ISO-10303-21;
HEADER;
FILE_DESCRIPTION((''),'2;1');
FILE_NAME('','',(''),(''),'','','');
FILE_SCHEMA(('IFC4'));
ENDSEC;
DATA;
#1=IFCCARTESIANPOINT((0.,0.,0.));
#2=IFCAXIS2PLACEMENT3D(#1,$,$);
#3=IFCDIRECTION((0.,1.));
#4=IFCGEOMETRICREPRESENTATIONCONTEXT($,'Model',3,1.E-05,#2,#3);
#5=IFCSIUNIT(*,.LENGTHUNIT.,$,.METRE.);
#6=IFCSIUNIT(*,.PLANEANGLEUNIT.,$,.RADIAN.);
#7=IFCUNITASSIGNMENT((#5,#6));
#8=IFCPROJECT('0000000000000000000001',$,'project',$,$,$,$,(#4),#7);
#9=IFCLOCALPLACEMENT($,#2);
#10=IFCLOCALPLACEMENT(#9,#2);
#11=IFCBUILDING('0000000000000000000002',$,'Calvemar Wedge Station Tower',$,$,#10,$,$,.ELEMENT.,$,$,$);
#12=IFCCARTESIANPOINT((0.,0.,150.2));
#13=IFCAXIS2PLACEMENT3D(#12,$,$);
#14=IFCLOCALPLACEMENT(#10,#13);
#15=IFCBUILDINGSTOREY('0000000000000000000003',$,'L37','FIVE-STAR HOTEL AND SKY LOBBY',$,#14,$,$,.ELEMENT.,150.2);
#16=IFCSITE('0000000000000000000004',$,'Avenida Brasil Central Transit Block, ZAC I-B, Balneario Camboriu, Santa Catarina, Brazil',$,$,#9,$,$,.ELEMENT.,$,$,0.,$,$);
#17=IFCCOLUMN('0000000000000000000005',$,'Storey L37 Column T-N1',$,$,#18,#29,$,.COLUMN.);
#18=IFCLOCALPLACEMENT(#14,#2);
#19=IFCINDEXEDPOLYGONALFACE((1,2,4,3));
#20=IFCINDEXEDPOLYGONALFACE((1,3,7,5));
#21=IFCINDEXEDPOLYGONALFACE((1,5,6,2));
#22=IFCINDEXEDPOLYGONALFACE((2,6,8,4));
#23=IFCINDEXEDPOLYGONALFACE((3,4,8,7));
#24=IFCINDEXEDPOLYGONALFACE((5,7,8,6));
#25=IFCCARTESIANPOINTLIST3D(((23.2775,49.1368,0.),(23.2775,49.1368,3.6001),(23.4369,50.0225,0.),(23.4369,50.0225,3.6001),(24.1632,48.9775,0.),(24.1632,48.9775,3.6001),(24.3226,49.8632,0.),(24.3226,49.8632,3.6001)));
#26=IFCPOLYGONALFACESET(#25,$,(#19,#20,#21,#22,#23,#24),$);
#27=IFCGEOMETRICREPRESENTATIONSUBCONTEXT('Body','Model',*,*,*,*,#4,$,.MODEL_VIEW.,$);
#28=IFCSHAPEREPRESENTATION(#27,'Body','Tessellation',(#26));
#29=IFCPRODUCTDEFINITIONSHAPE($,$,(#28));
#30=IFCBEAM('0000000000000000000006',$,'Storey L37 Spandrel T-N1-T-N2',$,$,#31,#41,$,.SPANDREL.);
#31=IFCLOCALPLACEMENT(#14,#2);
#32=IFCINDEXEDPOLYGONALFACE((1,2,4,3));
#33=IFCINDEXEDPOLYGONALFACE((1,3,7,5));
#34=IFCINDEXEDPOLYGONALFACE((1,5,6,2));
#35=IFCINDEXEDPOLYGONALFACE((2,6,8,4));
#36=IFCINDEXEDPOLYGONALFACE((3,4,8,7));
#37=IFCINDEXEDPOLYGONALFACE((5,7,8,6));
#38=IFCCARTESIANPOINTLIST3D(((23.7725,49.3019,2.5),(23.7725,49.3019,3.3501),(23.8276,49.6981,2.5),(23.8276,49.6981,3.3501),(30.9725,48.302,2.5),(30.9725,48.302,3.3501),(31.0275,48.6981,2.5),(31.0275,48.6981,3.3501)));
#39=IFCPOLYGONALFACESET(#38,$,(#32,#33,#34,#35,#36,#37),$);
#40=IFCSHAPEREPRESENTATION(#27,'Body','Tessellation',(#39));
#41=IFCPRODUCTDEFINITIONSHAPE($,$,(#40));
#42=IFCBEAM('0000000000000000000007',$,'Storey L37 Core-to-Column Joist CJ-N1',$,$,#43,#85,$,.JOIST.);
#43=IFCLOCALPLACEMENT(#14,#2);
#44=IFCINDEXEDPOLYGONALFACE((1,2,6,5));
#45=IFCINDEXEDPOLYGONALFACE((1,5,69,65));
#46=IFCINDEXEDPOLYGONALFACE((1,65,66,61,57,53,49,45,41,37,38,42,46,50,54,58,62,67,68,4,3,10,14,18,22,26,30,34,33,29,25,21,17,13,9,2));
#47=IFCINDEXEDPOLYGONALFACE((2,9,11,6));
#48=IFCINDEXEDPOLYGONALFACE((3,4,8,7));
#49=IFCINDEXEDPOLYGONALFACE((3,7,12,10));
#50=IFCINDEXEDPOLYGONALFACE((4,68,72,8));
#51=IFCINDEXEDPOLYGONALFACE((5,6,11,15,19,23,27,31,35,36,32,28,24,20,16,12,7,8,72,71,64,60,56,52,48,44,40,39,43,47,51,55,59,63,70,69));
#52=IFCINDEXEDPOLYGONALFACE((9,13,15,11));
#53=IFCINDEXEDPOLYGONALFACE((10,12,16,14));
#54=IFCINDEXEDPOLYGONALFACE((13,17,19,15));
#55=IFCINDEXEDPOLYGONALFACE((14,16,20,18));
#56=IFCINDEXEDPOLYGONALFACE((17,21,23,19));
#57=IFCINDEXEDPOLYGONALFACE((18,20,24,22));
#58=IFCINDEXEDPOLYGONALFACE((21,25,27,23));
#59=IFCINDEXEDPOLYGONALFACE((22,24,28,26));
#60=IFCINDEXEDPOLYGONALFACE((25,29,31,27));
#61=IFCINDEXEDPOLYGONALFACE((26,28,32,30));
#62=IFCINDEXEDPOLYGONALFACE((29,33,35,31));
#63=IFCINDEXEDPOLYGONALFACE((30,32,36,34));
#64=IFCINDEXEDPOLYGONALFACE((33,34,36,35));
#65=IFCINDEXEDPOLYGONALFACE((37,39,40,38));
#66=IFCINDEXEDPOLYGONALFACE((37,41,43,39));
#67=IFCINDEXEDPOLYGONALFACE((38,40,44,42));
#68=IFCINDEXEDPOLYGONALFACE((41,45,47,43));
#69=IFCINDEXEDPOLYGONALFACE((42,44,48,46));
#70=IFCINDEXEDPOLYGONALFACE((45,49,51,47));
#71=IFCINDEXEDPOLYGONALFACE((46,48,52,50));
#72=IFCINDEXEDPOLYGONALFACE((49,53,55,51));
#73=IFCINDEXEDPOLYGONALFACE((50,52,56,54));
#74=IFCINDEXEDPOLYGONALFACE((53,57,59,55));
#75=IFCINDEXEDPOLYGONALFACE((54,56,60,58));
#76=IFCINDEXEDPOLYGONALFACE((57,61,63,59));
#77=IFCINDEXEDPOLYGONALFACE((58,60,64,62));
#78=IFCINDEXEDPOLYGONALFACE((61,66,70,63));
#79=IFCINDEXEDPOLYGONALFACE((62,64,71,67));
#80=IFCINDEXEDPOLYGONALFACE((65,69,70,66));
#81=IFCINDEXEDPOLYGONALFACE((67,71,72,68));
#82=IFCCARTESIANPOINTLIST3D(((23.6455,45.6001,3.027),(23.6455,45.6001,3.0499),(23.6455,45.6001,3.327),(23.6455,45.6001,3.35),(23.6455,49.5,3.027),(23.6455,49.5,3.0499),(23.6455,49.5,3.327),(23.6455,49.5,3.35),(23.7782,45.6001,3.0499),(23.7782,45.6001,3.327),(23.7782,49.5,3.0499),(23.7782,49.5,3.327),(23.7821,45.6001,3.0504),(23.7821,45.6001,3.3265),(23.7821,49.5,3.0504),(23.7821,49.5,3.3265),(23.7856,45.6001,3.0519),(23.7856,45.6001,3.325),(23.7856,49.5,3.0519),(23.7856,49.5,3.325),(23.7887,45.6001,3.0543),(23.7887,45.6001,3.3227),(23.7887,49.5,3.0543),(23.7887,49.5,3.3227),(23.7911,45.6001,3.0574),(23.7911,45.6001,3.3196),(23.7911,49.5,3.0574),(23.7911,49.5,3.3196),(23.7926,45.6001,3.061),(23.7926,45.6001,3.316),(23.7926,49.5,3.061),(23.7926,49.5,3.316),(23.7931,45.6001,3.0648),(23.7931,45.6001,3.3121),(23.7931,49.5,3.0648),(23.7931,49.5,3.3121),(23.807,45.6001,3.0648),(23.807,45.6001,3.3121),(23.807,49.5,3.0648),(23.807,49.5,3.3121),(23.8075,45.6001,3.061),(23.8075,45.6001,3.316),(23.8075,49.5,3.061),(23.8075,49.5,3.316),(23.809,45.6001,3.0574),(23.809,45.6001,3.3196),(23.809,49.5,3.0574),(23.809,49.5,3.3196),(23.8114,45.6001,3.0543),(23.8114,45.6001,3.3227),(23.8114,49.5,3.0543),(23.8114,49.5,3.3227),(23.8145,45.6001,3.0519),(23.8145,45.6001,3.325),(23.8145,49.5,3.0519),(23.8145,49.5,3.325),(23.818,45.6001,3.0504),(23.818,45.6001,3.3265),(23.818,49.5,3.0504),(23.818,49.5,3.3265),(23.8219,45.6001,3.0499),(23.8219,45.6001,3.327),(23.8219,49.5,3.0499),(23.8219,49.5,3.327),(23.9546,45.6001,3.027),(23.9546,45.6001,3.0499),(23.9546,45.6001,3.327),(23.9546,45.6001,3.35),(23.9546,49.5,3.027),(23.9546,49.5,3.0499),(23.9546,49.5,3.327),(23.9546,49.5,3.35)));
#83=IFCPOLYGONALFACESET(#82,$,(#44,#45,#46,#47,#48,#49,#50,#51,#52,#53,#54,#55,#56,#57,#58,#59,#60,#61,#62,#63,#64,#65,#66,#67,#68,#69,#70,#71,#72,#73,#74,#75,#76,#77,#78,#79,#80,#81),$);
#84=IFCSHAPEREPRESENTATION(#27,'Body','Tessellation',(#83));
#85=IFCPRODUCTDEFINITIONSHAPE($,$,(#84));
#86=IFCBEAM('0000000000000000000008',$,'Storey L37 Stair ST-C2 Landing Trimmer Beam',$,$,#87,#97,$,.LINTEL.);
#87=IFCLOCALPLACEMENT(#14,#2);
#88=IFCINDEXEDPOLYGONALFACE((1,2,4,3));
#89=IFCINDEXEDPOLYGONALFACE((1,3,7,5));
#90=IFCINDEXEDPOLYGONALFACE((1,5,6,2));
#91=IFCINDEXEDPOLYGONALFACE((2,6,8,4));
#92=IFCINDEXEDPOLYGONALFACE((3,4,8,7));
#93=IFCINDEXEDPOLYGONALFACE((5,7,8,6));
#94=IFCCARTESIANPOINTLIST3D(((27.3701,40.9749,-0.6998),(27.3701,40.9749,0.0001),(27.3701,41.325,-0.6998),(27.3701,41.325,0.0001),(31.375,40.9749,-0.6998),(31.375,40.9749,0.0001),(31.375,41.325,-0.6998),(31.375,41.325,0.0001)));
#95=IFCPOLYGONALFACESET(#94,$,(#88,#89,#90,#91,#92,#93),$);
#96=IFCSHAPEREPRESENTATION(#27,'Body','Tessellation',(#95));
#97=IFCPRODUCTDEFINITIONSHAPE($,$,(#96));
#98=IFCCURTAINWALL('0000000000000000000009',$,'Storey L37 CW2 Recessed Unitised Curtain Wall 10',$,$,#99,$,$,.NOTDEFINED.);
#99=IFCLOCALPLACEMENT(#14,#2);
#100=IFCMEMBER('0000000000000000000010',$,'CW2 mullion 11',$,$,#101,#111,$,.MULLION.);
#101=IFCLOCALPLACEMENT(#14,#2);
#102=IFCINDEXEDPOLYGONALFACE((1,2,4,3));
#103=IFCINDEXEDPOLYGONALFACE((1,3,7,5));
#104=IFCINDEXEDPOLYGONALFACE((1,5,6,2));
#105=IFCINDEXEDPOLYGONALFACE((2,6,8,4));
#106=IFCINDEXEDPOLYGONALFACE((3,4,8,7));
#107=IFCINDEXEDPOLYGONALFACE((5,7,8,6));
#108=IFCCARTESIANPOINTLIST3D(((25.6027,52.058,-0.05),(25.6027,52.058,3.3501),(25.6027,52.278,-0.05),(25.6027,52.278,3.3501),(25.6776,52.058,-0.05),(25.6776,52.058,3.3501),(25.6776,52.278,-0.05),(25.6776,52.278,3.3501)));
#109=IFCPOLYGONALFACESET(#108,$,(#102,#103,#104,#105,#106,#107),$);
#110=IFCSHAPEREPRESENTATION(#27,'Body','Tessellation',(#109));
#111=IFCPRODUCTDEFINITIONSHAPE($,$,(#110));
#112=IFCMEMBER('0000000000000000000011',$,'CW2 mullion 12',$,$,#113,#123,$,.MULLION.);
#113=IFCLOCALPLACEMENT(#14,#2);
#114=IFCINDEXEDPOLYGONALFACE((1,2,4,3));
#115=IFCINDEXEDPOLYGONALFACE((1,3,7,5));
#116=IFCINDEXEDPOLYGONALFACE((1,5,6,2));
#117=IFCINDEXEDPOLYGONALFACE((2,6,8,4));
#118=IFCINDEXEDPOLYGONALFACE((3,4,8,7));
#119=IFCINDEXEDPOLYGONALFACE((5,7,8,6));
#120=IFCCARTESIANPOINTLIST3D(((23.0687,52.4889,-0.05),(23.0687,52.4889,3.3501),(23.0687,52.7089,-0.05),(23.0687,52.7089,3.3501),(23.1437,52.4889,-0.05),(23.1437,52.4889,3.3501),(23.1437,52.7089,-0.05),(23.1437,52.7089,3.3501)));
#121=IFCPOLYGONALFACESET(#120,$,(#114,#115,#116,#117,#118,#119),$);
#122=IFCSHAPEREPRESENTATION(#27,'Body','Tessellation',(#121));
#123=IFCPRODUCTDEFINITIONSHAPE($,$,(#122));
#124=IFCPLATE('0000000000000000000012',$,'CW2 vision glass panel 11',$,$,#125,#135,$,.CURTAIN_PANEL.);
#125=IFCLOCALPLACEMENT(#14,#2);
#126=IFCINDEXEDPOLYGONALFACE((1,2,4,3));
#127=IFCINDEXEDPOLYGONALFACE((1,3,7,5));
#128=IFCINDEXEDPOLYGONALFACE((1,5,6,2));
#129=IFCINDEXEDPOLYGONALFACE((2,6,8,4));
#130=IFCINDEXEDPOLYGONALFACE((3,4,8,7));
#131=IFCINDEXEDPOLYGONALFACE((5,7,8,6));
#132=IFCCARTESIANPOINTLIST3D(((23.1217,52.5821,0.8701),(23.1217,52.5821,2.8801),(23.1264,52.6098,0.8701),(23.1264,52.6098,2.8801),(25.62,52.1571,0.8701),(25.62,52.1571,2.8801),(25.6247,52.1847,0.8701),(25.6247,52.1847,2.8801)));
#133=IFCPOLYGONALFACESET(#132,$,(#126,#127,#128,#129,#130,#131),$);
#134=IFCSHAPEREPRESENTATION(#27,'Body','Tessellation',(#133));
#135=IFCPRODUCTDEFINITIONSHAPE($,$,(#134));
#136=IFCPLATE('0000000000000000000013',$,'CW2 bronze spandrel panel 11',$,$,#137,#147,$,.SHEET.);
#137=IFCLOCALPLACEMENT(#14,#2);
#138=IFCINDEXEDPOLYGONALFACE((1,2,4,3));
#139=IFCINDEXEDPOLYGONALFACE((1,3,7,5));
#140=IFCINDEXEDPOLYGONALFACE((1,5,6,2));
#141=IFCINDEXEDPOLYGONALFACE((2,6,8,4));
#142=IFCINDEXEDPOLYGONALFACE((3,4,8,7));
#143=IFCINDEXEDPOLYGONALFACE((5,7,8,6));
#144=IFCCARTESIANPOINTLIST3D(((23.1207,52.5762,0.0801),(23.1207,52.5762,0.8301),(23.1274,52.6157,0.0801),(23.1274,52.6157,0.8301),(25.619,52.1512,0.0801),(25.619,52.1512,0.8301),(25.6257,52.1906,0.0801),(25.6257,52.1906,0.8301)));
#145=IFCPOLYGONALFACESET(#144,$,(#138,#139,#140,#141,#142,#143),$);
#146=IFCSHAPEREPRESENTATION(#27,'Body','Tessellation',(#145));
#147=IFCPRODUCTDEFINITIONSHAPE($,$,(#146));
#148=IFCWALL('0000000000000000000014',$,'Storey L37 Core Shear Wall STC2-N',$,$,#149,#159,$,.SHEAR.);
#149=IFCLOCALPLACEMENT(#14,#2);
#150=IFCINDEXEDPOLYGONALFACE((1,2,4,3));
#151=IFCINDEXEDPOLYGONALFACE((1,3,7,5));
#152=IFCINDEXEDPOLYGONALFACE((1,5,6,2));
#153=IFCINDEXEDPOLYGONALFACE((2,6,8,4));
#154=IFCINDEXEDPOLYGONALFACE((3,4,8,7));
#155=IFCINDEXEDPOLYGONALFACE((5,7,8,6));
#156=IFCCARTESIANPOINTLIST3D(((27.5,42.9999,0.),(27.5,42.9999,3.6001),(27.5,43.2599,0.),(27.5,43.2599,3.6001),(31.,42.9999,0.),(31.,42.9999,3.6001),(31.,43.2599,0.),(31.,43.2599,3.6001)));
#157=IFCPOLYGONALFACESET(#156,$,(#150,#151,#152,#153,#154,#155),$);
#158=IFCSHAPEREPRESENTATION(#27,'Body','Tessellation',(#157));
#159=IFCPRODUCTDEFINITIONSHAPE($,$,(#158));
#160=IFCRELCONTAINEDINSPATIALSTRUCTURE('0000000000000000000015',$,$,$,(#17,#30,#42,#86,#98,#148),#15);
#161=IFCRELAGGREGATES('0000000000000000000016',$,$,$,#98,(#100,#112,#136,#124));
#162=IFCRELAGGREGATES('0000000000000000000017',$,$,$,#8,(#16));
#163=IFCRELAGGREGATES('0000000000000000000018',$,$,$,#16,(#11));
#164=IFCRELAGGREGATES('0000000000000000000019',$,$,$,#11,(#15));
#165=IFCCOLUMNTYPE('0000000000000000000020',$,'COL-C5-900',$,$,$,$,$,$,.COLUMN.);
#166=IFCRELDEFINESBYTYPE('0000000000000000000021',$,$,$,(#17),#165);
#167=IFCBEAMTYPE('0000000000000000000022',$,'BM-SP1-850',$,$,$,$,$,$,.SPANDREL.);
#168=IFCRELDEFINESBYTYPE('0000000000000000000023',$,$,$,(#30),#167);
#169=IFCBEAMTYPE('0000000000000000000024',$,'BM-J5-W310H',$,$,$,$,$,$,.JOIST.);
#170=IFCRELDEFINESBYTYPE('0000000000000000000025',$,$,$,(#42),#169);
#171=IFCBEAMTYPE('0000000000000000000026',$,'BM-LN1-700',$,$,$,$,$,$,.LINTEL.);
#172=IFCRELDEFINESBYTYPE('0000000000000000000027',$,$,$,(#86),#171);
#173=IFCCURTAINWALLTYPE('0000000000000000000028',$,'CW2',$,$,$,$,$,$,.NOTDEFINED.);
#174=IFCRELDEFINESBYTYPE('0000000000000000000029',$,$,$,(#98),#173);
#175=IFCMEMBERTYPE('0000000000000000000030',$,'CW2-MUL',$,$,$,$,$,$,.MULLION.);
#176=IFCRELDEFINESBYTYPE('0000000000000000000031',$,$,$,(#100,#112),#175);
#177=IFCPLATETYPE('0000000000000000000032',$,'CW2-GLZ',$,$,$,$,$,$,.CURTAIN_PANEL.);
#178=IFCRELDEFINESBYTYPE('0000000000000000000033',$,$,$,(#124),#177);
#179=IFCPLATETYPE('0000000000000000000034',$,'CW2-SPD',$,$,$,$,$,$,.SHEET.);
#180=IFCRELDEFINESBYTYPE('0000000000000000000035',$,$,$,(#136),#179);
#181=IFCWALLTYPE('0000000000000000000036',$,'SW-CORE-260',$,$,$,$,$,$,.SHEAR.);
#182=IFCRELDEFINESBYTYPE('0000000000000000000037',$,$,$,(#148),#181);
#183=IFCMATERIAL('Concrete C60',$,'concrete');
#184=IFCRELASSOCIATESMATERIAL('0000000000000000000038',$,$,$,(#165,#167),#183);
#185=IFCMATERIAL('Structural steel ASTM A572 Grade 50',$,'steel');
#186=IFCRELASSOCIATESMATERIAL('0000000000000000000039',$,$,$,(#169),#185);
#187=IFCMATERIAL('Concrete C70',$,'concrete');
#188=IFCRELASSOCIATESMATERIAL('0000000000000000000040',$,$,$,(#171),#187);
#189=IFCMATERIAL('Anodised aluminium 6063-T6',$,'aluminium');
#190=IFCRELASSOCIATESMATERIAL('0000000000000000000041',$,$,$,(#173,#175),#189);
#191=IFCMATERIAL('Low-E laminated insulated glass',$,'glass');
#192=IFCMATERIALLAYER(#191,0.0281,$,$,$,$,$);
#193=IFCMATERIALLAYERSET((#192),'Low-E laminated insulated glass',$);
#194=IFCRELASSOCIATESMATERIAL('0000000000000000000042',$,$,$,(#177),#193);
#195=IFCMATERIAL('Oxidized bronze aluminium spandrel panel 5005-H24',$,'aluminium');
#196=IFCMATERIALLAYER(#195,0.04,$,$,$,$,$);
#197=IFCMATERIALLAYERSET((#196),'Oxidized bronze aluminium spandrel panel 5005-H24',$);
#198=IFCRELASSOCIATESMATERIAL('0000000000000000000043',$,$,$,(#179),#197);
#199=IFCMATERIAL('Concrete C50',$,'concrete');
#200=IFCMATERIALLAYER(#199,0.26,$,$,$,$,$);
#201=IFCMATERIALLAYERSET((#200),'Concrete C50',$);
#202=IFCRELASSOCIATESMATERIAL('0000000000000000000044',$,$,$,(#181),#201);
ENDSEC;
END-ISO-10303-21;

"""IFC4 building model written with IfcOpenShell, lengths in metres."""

from ifc_helpers import new_model, si_unit, direction, frame, frame_2d, origin, origin_2d, place, context, subcontext, project, spatial, rectangle, i_section, extrude, source, transform, mapped, material, layer, layer_set, material_profile, profile_set, type_object, element, aggregate, save


model = new_model("IFC4")

# Units and contexts
model_context = context("Model", 3, precision=1e-05, world=origin(), true_north=direction((0.0, 1.0)))
body_context = subcontext(model_context, "Body", "Model", "MODEL_VIEW")
ifc_project = project(units=[si_unit("LENGTHUNIT", "METRE"), si_unit("PLANEANGLEUNIT", "RADIAN")], contexts=[model_context])

# Site, building, storey
site_placement = place(None, origin())
site = spatial("IfcSite", under=ifc_project, at=site_placement, Name="Avenida Brasil Central Transit Block, ZAC I-B, Balneario Camboriu, Santa Catarina, Brazil", CompositionType="ELEMENT", RefElevation=0.0)
building_placement = place(site_placement, origin())
building = spatial("IfcBuilding", under=site, at=building_placement, Name="Calvemar Wedge Station Tower", CompositionType="ELEMENT")
storey_placement = place(building_placement, frame((0.0, 0.0, 150.2)))
storey = spatial("IfcBuildingStorey", under=building, at=storey_placement, Name="L37", Description="FIVE-STAR HOTEL AND SKY LOBBY", CompositionType="ELEMENT", Elevation=150.2)

# Column
ifc_material_1 = material(Name="Concrete C60", Category="concrete")
ifc_material_profile_1 = material_profile(ifc_material_1, rectangle(XDim=0.8999, YDim=0.8999, at=origin_2d()), Name="RC900x900")
ifc_profile_set_1 = profile_set([ifc_material_profile_1], Name="Concrete C60")
column_type = type_object("IfcColumnType", Name="COL-C5-900", PredefinedType="COLUMN", material=ifc_profile_set_1)
shared_shape_1 = source(origin(), body_context, "Body", "SweptSolid", [
    extrude(rectangle(XDim=0.8999, YDim=0.8999, at=origin_2d()), origin(), (0.0, 0.0, 1.0), 3.6001),
])
column_placement = place(storey_placement, frame((23.8, 49.5, 0.0), z_axis=(0.0, 0.0, 1.0), x_axis=(0.984196, -0.177085, 0.0)))
element("IfcColumn", 1, at=column_placement, inside=storey, type_object=column_type, Name="Storey L37 Column T-N1", PredefinedType="COLUMN", context=body_context, shape_type="MappedRepresentation", body=[
    mapped(shared_shape_1, transform((0.0, 0.0, 0.0), scale=1.0)),
])

# Beams
ifc_material_profile_2 = material_profile(ifc_material_1, rectangle(XDim=0.3999, YDim=0.8501, at=origin_2d()), Name="RC400x850")
ifc_profile_set_2 = profile_set([ifc_material_profile_2], Name="Concrete C60")
beam_type_1 = type_object("IfcBeamType", Name="BM-SP1-850", PredefinedType="SPANDREL", material=ifc_profile_set_2)
shared_shape_2 = source(origin(), body_context, "Body", "SweptSolid", [
    extrude(rectangle(XDim=0.3999, YDim=0.8501, at=origin_2d()), origin(), (0.0, 0.0, 1.0), 7.269),
])
beam_1_placement = place(storey_placement, frame((23.8, 49.5, 2.925), z_axis=(0.990492, -0.137569, 0.0), x_axis=(0.137569, 0.990492, 0.0)))
element("IfcBeam", 2, at=beam_1_placement, inside=storey, type_object=beam_type_1, Name="Storey L37 Spandrel T-N1-T-N2", PredefinedType="SPANDREL", context=body_context, shape_type="MappedRepresentation", body=[
    mapped(shared_shape_2, transform((0.0, 0.0, 0.0), scale=1.0)),
])
ifc_material_2 = material(Name="Structural steel ASTM A572 Grade 50", Category="steel")
ifc_material_profile_3 = material_profile(ifc_material_2, i_section(OverallWidth=0.3091, OverallDepth=0.323, WebThickness=0.0139, FlangeThickness=0.0229, FilletRadius=0.0149, at=origin_2d()), Name="W310x143")
ifc_profile_set_3 = profile_set([ifc_material_profile_3], Name="Structural steel ASTM A572 Grade 50")
beam_type_2 = type_object("IfcBeamType", Name="BM-J5-W310H", PredefinedType="JOIST", material=ifc_profile_set_3)
shared_shape_3 = source(origin(), body_context, "Body", "SweptSolid", [
    extrude(i_section(OverallWidth=0.3091, OverallDepth=0.323, WebThickness=0.0139, FlangeThickness=0.0229, FilletRadius=0.0149, at=origin_2d()), origin(), (0.0, 0.0, 1.0), 3.8999),
])
beam_2_placement = place(storey_placement, frame((23.8, 45.6001, 3.1885), z_axis=(0.0, 1.0, 0.0), x_axis=(-1.0, 0.0, 0.0)))
element("IfcBeam", 3, at=beam_2_placement, inside=storey, type_object=beam_type_2, Name="Storey L37 Core-to-Column Joist CJ-N1", PredefinedType="JOIST", context=body_context, shape_type="MappedRepresentation", body=[
    mapped(shared_shape_3, transform((0.0, 0.0, 0.0), scale=1.0)),
])
ifc_material_3 = material(Name="Concrete C70", Category="concrete")
ifc_material_profile_4 = material_profile(ifc_material_3, rectangle(XDim=0.3501, YDim=0.7, at=origin_2d()), Name="RC350x700")
ifc_profile_set_4 = profile_set([ifc_material_profile_4], Name="Concrete C70")
beam_type_3 = type_object("IfcBeamType", Name="BM-LN1-700", PredefinedType="LINTEL", material=ifc_profile_set_4)
shared_shape_4 = source(origin(), body_context, "Body", "SweptSolid", [
    extrude(rectangle(XDim=0.3501, YDim=0.7, at=origin_2d()), origin(), (0.0, 0.0, 1.0), 4.0049),
])
beam_3_placement = place(storey_placement, frame((27.3701, 41.1499, -0.3499), z_axis=(1.0, 0.0, 0.0), x_axis=(0.0, 1.0, 0.0)))
element("IfcBeam", 4, at=beam_3_placement, inside=storey, type_object=beam_type_3, Name="Storey L37 Stair ST-C2 Landing Trimmer Beam", PredefinedType="LINTEL", context=body_context, shape_type="MappedRepresentation", body=[
    mapped(shared_shape_4, transform((0.0, 0.0, 0.0), scale=1.0)),
])

# Curtain wall, members, plates
ifc_material_4 = material(Name="Anodised aluminium 6063-T6", Category="aluminium")
curtain_wall_type = type_object("IfcCurtainWallType", Name="CW2", PredefinedType="NOTDEFINED", material=ifc_material_4)
curtain_wall_placement = place(storey_placement, origin())
curtain_wall = element("IfcCurtainWall", 5, at=curtain_wall_placement, inside=storey, type_object=curtain_wall_type, Name="Storey L37 CW2 Recessed Unitised Curtain Wall 10", PredefinedType="NOTDEFINED")
ifc_material_profile_5 = material_profile(ifc_material_4, rectangle(XDim=0.075, YDim=0.22, at=origin_2d()), Name="AL-MUL-75x220")
ifc_profile_set_5 = profile_set([ifc_material_profile_5], Name="Anodised aluminium 6063-T6")
member_type = type_object("IfcMemberType", Name="CW2-MUL", PredefinedType="MULLION", material=ifc_profile_set_5)
shared_shape_5 = source(origin(), body_context, "Body", "SweptSolid", [
    extrude(rectangle(XDim=0.075, YDim=0.22, at=origin_2d()), origin(), (0.0, 0.0, 1.0), 3.4001),
])
member_1_placement = place(storey_placement, frame((25.6401, 52.168, -0.05), z_axis=(0.0, 0.0, 1.0), x_axis=(1.0, 0.0, 0.0)))
member_1 = element("IfcMember", 6, at=member_1_placement, type_object=member_type, Name="CW2 mullion 11", PredefinedType="MULLION", context=body_context, shape_type="MappedRepresentation", body=[
    mapped(shared_shape_5, transform((0.0, 0.0, 0.0), scale=1.0)),
])
member_2_placement = place(storey_placement, frame((23.1062, 52.5989, -0.05), z_axis=(0.0, 0.0, 1.0), x_axis=(1.0, 0.0, 0.0)))
member_2 = element("IfcMember", 7, at=member_2_placement, type_object=member_type, Name="CW2 mullion 12", PredefinedType="MULLION", context=body_context, shape_type="MappedRepresentation", body=[
    mapped(shared_shape_5, transform((0.0, 0.0, 0.0), scale=1.0)),
])
ifc_material_5 = material(Name="Low-E laminated insulated glass", Category="glass")
ifc_layer_1 = layer(ifc_material_5, 0.0281)
ifc_layer_set_1 = layer_set([ifc_layer_1], Name="Low-E laminated insulated glass")
plate_type_1 = type_object("IfcPlateType", Name="CW2-GLZ", PredefinedType="CURTAIN_PANEL", material=ifc_layer_set_1)
plate_1_placement = place(storey_placement, frame((25.6223, 52.1709, 0.8701), z_axis=(0.0, 0.0, 1.0), x_axis=(-0.985834, 0.167726, 0.0)))
plate_1 = element("IfcPlate", 8, at=plate_1_placement, type_object=plate_type_1, Name="CW2 vision glass panel 11", PredefinedType="CURTAIN_PANEL", context=body_context, shape_type="SweptSolid", body=[
    extrude(rectangle(XDim=2.5342, YDim=0.0281, at=frame_2d((1.2671, 0.0))), origin(), (0.0, 0.0, 1.0), 2.01),
])
ifc_material_6 = material(Name="Oxidized bronze aluminium spandrel panel 5005-H24", Category="aluminium")
ifc_layer_2 = layer(ifc_material_6, 0.04)
ifc_layer_set_2 = layer_set([ifc_layer_2], Name="Oxidized bronze aluminium spandrel panel 5005-H24")
plate_type_2 = type_object("IfcPlateType", Name="CW2-SPD", PredefinedType="SHEET", material=ifc_layer_set_2)
plate_2_placement = place(storey_placement, frame((25.6223, 52.1709, 0.0801), z_axis=(0.0, 0.0, 1.0), x_axis=(-0.985834, 0.167726, 0.0)))
plate_2 = element("IfcPlate", 9, at=plate_2_placement, type_object=plate_type_2, Name="CW2 bronze spandrel panel 11", PredefinedType="SHEET", context=body_context, shape_type="SweptSolid", body=[
    extrude(rectangle(XDim=2.5342, YDim=0.04, at=frame_2d((1.2671, 0.0))), origin(), (0.0, 0.0, 1.0), 0.75),
])
aggregate(curtain_wall, [member_1, member_2, plate_2, plate_1])

# Wall
ifc_material_7 = material(Name="Concrete C50", Category="concrete")
ifc_layer_3 = layer(ifc_material_7, 0.26)
ifc_layer_set_3 = layer_set([ifc_layer_3], Name="Concrete C50")
wall_type_1 = type_object("IfcWallType", Name="SW-CORE-260", PredefinedType="SHEAR", material=ifc_layer_set_3)
wall_1_placement = place(storey_placement, frame((27.5, 43.1299, 0.0), z_axis=(0.0, 0.0, 1.0), x_axis=(1.0, 0.0, 0.0)))
element("IfcWall", 10, at=wall_1_placement, inside=storey, type_object=wall_type_1, Name="Storey L37 Core Shear Wall STC2-N", PredefinedType="SHEAR", context=body_context, shape_type="SweptSolid", body=[
    extrude(rectangle(XDim=3.5, YDim=0.26, at=frame_2d((1.75, 0.0))), origin(), (0.0, 0.0, 1.0), 3.6001),
])

save(model, "model.ifc")
